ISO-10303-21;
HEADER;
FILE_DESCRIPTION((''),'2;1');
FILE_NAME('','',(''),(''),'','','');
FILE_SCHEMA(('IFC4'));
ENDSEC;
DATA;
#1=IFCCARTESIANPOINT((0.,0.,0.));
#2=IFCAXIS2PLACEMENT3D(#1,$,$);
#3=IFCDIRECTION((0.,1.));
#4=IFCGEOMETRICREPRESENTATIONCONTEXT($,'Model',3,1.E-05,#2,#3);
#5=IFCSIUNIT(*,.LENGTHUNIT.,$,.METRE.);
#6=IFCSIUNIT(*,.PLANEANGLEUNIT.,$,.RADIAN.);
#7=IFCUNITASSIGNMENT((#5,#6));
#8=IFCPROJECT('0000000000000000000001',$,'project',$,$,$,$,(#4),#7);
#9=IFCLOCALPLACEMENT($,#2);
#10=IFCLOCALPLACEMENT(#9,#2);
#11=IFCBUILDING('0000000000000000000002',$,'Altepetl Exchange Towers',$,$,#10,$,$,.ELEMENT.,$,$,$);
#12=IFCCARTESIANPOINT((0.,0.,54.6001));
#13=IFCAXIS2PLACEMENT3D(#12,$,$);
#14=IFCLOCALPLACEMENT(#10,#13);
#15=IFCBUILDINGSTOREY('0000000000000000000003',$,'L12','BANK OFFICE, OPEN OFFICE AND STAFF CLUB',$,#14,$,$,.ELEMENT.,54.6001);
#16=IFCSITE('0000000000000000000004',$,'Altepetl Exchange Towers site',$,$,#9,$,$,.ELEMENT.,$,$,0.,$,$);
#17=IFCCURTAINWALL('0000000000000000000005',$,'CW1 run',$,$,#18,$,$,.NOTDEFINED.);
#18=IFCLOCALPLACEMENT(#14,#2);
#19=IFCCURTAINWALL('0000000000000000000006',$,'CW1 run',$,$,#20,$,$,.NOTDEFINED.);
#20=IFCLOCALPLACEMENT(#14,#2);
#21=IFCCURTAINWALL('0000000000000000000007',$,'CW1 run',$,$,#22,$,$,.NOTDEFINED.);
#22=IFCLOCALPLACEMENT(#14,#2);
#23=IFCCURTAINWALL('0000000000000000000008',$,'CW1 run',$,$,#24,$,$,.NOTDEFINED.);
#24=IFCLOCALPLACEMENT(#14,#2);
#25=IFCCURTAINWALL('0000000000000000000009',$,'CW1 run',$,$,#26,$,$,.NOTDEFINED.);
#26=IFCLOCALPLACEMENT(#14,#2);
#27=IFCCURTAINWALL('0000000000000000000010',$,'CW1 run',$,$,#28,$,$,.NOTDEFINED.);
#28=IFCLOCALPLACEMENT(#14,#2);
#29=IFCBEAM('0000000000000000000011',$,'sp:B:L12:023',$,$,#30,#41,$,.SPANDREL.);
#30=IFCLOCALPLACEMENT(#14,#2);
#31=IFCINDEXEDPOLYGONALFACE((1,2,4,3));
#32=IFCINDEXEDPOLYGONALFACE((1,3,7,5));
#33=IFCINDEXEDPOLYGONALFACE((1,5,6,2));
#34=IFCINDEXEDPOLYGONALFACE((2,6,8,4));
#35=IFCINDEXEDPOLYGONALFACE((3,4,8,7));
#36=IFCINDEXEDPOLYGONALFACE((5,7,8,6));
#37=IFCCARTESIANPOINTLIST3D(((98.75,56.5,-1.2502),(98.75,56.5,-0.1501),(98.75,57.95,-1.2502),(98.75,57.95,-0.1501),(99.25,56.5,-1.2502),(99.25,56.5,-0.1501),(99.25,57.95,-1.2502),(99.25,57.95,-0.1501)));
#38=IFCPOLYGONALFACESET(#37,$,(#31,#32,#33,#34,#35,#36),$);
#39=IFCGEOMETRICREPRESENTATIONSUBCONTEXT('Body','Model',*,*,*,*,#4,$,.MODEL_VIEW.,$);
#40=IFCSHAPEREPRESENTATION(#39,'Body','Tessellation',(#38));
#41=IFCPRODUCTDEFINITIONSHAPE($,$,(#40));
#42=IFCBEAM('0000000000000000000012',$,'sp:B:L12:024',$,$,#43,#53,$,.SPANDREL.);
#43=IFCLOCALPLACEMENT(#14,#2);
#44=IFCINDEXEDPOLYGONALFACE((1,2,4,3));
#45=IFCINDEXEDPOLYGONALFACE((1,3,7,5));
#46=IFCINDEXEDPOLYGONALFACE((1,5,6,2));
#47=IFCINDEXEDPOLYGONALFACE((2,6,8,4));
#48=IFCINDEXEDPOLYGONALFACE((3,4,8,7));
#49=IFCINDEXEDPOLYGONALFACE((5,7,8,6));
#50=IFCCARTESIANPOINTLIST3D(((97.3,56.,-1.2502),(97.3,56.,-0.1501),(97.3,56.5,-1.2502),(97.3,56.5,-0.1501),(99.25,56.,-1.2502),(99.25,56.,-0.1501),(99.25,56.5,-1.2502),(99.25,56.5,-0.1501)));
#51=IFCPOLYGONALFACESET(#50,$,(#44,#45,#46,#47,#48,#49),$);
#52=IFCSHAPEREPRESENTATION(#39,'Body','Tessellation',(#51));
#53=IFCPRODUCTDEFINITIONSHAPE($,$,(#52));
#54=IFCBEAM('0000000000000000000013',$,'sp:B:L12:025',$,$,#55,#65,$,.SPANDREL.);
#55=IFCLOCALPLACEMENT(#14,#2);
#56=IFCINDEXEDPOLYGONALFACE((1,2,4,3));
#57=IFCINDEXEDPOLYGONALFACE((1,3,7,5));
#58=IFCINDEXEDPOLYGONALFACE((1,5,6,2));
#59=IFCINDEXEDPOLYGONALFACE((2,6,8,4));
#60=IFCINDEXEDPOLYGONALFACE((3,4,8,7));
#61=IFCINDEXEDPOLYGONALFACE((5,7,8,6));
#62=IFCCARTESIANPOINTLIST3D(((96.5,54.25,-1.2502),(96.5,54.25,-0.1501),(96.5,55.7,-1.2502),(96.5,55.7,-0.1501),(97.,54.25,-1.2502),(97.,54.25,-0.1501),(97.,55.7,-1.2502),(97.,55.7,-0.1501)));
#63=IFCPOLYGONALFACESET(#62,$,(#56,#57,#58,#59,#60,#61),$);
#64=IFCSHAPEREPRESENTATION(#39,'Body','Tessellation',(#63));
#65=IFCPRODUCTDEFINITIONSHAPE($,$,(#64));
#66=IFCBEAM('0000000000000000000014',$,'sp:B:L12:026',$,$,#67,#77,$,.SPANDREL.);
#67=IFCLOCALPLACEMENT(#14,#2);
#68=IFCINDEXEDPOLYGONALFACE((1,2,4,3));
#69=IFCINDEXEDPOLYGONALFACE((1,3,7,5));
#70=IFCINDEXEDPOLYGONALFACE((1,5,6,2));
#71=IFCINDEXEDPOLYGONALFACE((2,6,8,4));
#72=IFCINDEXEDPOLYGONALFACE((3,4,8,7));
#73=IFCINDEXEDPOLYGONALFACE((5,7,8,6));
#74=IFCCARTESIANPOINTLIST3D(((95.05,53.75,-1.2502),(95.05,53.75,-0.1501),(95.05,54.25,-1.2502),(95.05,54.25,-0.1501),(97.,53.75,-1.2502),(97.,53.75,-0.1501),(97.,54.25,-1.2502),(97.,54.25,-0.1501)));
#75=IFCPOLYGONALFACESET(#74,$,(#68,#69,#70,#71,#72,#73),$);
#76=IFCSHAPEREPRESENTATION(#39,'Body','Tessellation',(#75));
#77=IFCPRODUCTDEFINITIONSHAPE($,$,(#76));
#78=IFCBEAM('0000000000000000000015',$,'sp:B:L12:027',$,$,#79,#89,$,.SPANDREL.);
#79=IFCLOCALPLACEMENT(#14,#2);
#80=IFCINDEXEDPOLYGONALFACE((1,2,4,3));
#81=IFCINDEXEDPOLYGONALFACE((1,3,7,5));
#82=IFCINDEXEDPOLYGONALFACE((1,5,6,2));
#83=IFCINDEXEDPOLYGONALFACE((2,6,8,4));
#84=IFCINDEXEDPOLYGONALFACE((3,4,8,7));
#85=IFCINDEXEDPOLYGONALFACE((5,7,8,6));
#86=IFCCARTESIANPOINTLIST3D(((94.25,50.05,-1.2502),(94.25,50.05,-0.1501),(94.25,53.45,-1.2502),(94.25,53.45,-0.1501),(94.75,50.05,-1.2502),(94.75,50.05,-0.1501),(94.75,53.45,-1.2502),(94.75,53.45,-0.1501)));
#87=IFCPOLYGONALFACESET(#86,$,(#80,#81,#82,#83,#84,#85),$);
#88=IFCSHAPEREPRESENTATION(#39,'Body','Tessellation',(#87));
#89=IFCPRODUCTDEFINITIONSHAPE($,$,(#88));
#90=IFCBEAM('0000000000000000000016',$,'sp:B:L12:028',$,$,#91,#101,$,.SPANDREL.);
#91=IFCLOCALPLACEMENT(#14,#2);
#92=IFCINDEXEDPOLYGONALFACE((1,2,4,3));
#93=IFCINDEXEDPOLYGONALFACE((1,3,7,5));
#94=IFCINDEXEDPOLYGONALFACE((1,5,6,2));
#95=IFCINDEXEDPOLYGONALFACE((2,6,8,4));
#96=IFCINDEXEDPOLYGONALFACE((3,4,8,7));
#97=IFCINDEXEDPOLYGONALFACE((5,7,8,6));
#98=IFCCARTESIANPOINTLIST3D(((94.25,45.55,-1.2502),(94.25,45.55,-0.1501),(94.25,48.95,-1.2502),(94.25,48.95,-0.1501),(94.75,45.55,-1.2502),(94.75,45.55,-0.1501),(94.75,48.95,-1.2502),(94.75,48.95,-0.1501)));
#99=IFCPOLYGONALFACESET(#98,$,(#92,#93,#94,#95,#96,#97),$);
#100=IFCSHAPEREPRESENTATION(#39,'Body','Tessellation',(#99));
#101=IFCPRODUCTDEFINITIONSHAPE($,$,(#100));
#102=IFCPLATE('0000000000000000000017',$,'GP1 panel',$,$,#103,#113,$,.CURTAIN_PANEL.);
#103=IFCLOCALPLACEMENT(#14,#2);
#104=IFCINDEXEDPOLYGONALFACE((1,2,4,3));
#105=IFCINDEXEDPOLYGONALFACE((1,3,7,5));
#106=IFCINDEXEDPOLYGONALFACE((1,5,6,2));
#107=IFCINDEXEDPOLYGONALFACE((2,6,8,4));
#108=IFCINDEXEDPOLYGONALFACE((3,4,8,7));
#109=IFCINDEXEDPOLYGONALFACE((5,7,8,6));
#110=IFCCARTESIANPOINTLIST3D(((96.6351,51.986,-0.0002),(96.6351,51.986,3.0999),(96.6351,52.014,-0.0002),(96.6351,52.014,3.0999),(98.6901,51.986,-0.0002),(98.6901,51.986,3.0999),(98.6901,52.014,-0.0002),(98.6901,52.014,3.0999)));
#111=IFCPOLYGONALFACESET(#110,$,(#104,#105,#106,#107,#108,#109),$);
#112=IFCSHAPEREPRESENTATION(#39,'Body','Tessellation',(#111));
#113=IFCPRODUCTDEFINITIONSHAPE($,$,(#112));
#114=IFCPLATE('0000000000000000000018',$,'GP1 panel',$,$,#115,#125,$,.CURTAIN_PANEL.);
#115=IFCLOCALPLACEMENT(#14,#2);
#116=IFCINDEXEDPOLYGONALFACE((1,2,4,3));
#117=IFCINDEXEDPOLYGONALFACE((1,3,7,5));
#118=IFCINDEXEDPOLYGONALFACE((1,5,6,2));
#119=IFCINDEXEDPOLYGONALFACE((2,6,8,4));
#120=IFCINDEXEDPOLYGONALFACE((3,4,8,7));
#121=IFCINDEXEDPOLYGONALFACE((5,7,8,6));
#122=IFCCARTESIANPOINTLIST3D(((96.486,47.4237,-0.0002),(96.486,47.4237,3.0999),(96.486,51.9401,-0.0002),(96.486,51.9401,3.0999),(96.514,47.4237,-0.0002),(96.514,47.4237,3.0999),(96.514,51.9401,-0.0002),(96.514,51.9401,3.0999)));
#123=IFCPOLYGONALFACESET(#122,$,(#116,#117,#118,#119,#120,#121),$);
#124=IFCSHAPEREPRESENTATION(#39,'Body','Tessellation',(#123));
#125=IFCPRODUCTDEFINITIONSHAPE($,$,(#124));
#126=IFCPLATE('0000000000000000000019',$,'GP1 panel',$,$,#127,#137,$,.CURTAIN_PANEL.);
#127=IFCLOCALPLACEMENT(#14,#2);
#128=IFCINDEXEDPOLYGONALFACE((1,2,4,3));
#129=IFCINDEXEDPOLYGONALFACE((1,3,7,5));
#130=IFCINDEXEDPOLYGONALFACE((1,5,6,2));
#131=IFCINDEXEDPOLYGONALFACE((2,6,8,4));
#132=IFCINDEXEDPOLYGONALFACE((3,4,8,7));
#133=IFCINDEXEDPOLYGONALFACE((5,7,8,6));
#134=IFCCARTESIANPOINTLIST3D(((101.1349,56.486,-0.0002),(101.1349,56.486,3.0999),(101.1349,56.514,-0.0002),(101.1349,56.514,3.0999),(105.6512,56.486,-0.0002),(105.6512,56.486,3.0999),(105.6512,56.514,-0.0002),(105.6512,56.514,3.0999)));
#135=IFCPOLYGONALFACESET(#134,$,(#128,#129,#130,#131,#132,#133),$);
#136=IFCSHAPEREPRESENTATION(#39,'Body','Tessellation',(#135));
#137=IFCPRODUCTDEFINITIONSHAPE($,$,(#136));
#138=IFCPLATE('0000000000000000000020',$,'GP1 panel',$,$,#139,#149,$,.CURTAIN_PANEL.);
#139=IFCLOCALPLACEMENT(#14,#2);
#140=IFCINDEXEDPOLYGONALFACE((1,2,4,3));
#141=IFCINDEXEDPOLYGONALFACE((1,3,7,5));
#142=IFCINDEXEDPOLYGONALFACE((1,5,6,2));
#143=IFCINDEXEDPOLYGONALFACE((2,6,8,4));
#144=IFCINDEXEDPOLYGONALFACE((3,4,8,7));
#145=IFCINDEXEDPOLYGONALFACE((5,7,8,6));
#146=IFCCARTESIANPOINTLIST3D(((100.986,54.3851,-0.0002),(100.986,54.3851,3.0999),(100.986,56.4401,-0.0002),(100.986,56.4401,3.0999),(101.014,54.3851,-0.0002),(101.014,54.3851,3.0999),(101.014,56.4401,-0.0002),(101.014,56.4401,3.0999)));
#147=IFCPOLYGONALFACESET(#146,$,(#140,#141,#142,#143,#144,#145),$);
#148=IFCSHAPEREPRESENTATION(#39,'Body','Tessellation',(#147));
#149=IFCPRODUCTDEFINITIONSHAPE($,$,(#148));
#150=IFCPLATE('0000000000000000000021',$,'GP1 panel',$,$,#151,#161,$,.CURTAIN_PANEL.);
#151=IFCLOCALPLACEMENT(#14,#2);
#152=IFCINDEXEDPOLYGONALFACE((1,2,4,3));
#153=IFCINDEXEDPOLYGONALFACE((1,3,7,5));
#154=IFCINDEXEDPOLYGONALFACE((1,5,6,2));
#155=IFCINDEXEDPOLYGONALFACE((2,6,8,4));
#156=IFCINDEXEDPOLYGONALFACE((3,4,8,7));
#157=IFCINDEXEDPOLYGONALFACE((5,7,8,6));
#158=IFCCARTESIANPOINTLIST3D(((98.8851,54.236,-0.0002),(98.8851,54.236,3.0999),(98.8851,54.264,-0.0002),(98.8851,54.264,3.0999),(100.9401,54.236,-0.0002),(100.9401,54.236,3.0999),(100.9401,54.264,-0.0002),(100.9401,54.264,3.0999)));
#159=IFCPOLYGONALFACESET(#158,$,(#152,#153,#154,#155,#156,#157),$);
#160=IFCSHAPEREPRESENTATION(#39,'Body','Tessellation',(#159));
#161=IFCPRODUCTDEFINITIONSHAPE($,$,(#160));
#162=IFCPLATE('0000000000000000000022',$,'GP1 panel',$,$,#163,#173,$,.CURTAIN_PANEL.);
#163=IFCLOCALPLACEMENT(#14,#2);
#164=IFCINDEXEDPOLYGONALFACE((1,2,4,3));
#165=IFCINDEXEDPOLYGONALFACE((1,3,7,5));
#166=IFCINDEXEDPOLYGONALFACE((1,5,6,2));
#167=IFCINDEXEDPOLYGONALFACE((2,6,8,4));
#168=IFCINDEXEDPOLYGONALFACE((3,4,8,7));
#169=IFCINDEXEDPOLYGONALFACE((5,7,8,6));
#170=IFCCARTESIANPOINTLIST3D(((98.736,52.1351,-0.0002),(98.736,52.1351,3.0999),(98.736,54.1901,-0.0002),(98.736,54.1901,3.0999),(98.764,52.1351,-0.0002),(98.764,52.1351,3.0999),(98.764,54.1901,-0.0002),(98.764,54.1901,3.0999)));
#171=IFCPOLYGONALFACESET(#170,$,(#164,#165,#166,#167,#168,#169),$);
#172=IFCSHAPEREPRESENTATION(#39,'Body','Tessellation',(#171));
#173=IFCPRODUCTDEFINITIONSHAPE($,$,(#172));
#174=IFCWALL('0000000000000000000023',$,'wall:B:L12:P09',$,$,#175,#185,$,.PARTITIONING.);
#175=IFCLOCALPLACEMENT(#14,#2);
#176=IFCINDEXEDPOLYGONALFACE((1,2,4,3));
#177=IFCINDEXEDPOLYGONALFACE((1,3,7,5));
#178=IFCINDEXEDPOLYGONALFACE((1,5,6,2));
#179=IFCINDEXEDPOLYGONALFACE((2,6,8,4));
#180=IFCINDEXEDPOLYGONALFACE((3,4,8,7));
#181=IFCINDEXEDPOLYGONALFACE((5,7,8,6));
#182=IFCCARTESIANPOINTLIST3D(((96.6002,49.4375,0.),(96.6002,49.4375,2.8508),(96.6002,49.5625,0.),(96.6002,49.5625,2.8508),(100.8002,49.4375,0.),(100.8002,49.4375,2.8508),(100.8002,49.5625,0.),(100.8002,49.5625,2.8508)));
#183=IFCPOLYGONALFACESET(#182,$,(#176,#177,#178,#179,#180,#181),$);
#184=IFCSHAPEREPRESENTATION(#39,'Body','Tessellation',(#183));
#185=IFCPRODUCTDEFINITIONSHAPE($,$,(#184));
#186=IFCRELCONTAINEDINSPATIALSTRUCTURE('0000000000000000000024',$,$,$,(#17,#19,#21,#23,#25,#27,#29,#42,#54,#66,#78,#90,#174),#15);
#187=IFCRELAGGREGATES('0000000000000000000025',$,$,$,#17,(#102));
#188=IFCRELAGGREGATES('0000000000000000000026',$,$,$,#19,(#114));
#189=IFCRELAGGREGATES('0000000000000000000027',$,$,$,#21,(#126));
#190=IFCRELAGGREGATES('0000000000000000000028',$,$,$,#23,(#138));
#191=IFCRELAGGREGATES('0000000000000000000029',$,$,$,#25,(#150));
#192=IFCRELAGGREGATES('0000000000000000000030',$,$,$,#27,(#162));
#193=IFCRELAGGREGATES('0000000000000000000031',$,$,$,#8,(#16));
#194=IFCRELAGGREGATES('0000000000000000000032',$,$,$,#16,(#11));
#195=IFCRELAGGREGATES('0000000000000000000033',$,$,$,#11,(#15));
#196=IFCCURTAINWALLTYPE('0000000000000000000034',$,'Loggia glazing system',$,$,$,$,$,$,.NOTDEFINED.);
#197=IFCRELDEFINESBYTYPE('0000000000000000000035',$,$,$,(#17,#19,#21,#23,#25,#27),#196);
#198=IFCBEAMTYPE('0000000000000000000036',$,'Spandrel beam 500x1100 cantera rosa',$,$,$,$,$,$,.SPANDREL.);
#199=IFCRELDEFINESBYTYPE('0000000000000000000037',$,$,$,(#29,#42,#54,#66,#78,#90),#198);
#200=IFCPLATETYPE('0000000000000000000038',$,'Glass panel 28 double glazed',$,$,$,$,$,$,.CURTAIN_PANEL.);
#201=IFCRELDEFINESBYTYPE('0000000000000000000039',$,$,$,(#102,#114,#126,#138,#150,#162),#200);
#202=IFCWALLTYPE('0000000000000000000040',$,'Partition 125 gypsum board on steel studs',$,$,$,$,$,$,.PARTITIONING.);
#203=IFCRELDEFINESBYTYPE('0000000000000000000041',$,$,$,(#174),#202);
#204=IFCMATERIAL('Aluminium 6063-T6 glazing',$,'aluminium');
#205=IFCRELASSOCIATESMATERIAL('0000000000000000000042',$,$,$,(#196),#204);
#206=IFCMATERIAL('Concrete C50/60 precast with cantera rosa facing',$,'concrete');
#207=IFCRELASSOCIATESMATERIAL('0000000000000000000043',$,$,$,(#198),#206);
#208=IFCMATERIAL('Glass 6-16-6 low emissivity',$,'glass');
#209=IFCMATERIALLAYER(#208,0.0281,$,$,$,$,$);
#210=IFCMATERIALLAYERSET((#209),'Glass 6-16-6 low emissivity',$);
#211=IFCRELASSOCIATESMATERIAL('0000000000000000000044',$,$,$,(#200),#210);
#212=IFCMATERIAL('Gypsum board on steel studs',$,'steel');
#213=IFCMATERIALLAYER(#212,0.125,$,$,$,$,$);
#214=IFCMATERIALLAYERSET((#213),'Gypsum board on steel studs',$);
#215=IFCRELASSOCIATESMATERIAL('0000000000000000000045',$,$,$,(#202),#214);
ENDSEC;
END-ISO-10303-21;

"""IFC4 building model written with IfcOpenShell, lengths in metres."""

from ifc_helpers import new_model, si_unit, direction, frame, frame_2d, origin, origin_2d, place, context, subcontext, project, spatial, rectangle, extrude, material, layer, layer_set, material_profile, profile_set, type_object, element, aggregate, save


model = new_model("IFC4")

# Units and contexts
model_context = context("Model", 3, precision=1e-05, world=origin(), true_north=direction((0.0, 1.0)))
body_context = subcontext(model_context, "Body", "Model", "MODEL_VIEW")
ifc_project = project(units=[si_unit("LENGTHUNIT", "METRE"), si_unit("PLANEANGLEUNIT", "RADIAN")], contexts=[model_context])

# Site, building, storey
site_placement = place(None, origin())
site = spatial("IfcSite", under=ifc_project, at=site_placement, Name="Altepetl Exchange Towers site", CompositionType="ELEMENT", RefElevation=0.0)
building_placement = place(site_placement, origin())
building = spatial("IfcBuilding", under=site, at=building_placement, Name="Altepetl Exchange Towers", CompositionType="ELEMENT")
storey_placement = place(building_placement, frame((0.0, 0.0, 54.6001)))
storey = spatial("IfcBuildingStorey", under=building, at=storey_placement, Name="L12", Description="BANK OFFICE, OPEN OFFICE AND STAFF CLUB", CompositionType="ELEMENT", Elevation=54.6001)

# Curtain walls
ifc_material_1 = material(Name="Aluminium 6063-T6 glazing", Category="aluminium")
curtain_wall_type = type_object("IfcCurtainWallType", Name="Loggia glazing system", PredefinedType="NOTDEFINED", material=ifc_material_1)
curtain_wall_1_placement = place(storey_placement, origin())
curtain_wall_1 = element("IfcCurtainWall", 1, at=curtain_wall_1_placement, inside=storey, type_object=curtain_wall_type, Name="CW1 run", PredefinedType="NOTDEFINED")
curtain_wall_2_placement = place(storey_placement, origin())
curtain_wall_2 = element("IfcCurtainWall", 2, at=curtain_wall_2_placement, inside=storey, type_object=curtain_wall_type, Name="CW1 run", PredefinedType="NOTDEFINED")

# Curtain wall
curtain_wall_3_placement = place(storey_placement, origin())
curtain_wall_3 = element("IfcCurtainWall", 3, at=curtain_wall_3_placement, inside=storey, type_object=curtain_wall_type, Name="CW1 run", PredefinedType="NOTDEFINED")

# Curtain walls
curtain_wall_4_placement = place(storey_placement, origin())
curtain_wall_4 = element("IfcCurtainWall", 4, at=curtain_wall_4_placement, inside=storey, type_object=curtain_wall_type, Name="CW1 run", PredefinedType="NOTDEFINED")
curtain_wall_5_placement = place(storey_placement, origin())
curtain_wall_5 = element("IfcCurtainWall", 5, at=curtain_wall_5_placement, inside=storey, type_object=curtain_wall_type, Name="CW1 run", PredefinedType="NOTDEFINED")
curtain_wall_6_placement = place(storey_placement, origin())
curtain_wall_6 = element("IfcCurtainWall", 6, at=curtain_wall_6_placement, inside=storey, type_object=curtain_wall_type, Name="CW1 run", PredefinedType="NOTDEFINED")

# Beams
ifc_material_2 = material(Name="Concrete C50/60 precast with cantera rosa facing", Category="concrete")
ifc_material_profile_1 = material_profile(ifc_material_2, rectangle(XDim=0.5, YDim=1.1001, at=origin_2d()), Name="500 x 1100")
ifc_profile_set_1 = profile_set([ifc_material_profile_1], Name="Concrete C50/60 precast with cantera rosa facing")
beam_type_1 = type_object("IfcBeamType", Name="Spandrel beam 500x1100 cantera rosa", PredefinedType="SPANDREL", material=ifc_profile_set_1)
beam_1_placement = place(storey_placement, frame((99.0, 57.95, -0.7002), z_axis=(0.0, -1.0, 0.0), x_axis=(1.0, 0.0, 0.0)))
element("IfcBeam", 7, at=beam_1_placement, inside=storey, type_object=beam_type_1, Name="sp:B:L12:023", PredefinedType="SPANDREL", context=body_context, shape_type="SweptSolid", body=[
    extrude(rectangle(XDim=0.5, YDim=1.1001, at=origin_2d()), origin(), (0.0, 0.0, 1.0), 1.45),
])
beam_2_placement = place(storey_placement, frame((99.25, 56.25, -0.7002), z_axis=(-1.0, 0.0, 0.0), x_axis=(0.0, -1.0, 0.0)))
element("IfcBeam", 8, at=beam_2_placement, inside=storey, type_object=beam_type_1, Name="sp:B:L12:024", PredefinedType="SPANDREL", context=body_context, shape_type="SweptSolid", body=[
    extrude(rectangle(XDim=0.5, YDim=1.1001, at=origin_2d()), origin(), (0.0, 0.0, 1.0), 1.95),
])
beam_3_placement = place(storey_placement, frame((96.75, 55.7, -0.7002), z_axis=(0.0, -1.0, 0.0), x_axis=(1.0, 0.0, 0.0)))
element("IfcBeam", 9, at=beam_3_placement, inside=storey, type_object=beam_type_1, Name="sp:B:L12:025", PredefinedType="SPANDREL", context=body_context, shape_type="SweptSolid", body=[
    extrude(rectangle(XDim=0.5, YDim=1.1001, at=origin_2d()), origin(), (0.0, 0.0, 1.0), 1.45),
])
beam_4_placement = place(storey_placement, frame((97.0, 54.0, -0.7002), z_axis=(-1.0, 0.0, 0.0), x_axis=(0.0, -1.0, 0.0)))
element("IfcBeam", 10, at=beam_4_placement, inside=storey, type_object=beam_type_1, Name="sp:B:L12:026", PredefinedType="SPANDREL", context=body_context, shape_type="SweptSolid", body=[
    extrude(rectangle(XDim=0.5, YDim=1.1001, at=origin_2d()), origin(), (0.0, 0.0, 1.0), 1.95),
])
for number, where, z_axis, x_axis, name in (
    (11, (94.5, 53.45, -0.7002), (0.0, -1.0, 0.0), (1.0, 0.0, 0.0), "sp:B:L12:027"),
    (12, (94.5, 48.95, -0.7002), (0.0, -1.0, 0.0), (1.0, 0.0, 0.0), "sp:B:L12:028"),
):
    element("IfcBeam", number, at=place(storey_placement, frame(where, z_axis=z_axis, x_axis=x_axis)), inside=storey, type_object=beam_type_1, Name=name, PredefinedType="SPANDREL", context=body_context, shape_type="SweptSolid", body=[
        extrude(rectangle(XDim=0.5, YDim=1.1001, at=origin_2d()), origin(), (0.0, 0.0, 1.0), 3.3999),
    ])

# Plates
ifc_material_3 = material(Name="Glass 6-16-6 low emissivity", Category="glass")
ifc_layer_1 = layer(ifc_material_3, 0.0281)
ifc_layer_set_1 = layer_set([ifc_layer_1], Name="Glass 6-16-6 low emissivity")
plate_type = type_object("IfcPlateType", Name="Glass panel 28 double glazed", PredefinedType="CURTAIN_PANEL", material=ifc_layer_set_1)
plate_1_placement = place(storey_placement, frame((97.6626, 52.0, -0.0002), z_axis=(0.0, 0.0, 1.0), x_axis=(-1.0, 0.0, 0.0)))
plate_1 = element("IfcPlate", 13, at=plate_1_placement, type_object=plate_type, Name="GP1 panel", PredefinedType="CURTAIN_PANEL", context=body_context, shape_type="SweptSolid", body=[
    extrude(rectangle(XDim=2.0549, YDim=0.0281, at=origin_2d()), origin(), (0.0, 0.0, 1.0), 3.1001),
])
aggregate(curtain_wall_1, [plate_1])
plate_2_placement = place(storey_placement, frame((96.5, 49.6819, -0.0002), z_axis=(0.0, 0.0, 1.0), x_axis=(0.0, -1.0, 0.0)))
plate_2 = element("IfcPlate", 14, at=plate_2_placement, type_object=plate_type, Name="GP1 panel", PredefinedType="CURTAIN_PANEL", context=body_context, shape_type="SweptSolid", body=[
    extrude(rectangle(XDim=4.5164, YDim=0.0281, at=origin_2d()), origin(), (0.0, 0.0, 1.0), 3.1001),
])
aggregate(curtain_wall_2, [plate_2])
plate_3_placement = place(storey_placement, frame((103.3931, 56.5, -0.0002), z_axis=(0.0, 0.0, 1.0), x_axis=(-1.0, 0.0, 0.0)))
plate_3 = element("IfcPlate", 15, at=plate_3_placement, type_object=plate_type, Name="GP1 panel", PredefinedType="CURTAIN_PANEL", context=body_context, shape_type="SweptSolid", body=[
    extrude(rectangle(XDim=4.5164, YDim=0.0281, at=origin_2d()), origin(), (0.0, 0.0, 1.0), 3.1001),
])
aggregate(curtain_wall_3, [plate_3])
plate_4_placement = place(storey_placement, frame((101.0, 55.4126, -0.0002), z_axis=(0.0, 0.0, 1.0), x_axis=(0.0, -1.0, 0.0)))
plate_4 = element("IfcPlate", 16, at=plate_4_placement, type_object=plate_type, Name="GP1 panel", PredefinedType="CURTAIN_PANEL", context=body_context, shape_type="SweptSolid", body=[
    extrude(rectangle(XDim=2.0549, YDim=0.0281, at=origin_2d()), origin(), (0.0, 0.0, 1.0), 3.1001),
])
aggregate(curtain_wall_4, [plate_4])
plate_5_placement = place(storey_placement, frame((99.9126, 54.25, -0.0002), z_axis=(0.0, 0.0, 1.0), x_axis=(-1.0, 0.0, 0.0)))
plate_5 = element("IfcPlate", 17, at=plate_5_placement, type_object=plate_type, Name="GP1 panel", PredefinedType="CURTAIN_PANEL", context=body_context, shape_type="SweptSolid", body=[
    extrude(rectangle(XDim=2.0549, YDim=0.0281, at=origin_2d()), origin(), (0.0, 0.0, 1.0), 3.1001),
])
aggregate(curtain_wall_5, [plate_5])
plate_6_placement = place(storey_placement, frame((98.75, 53.1626, -0.0002), z_axis=(0.0, 0.0, 1.0), x_axis=(0.0, -1.0, 0.0)))
plate_6 = element("IfcPlate", 18, at=plate_6_placement, type_object=plate_type, Name="GP1 panel", PredefinedType="CURTAIN_PANEL", context=body_context, shape_type="SweptSolid", body=[
    extrude(rectangle(XDim=2.0549, YDim=0.0281, at=origin_2d()), origin(), (0.0, 0.0, 1.0), 3.1001),
])
aggregate(curtain_wall_6, [plate_6])

# Wall
ifc_material_4 = material(Name="Gypsum board on steel studs", Category="steel")
ifc_layer_2 = layer(ifc_material_4, 0.125)
ifc_layer_set_2 = layer_set([ifc_layer_2], Name="Gypsum board on steel studs")
wall_type = type_object("IfcWallType", Name="Partition 125 gypsum board on steel studs", PredefinedType="PARTITIONING", material=ifc_layer_set_2)
wall_1_placement = place(storey_placement, frame((96.6001, 49.5, 0.0)))
element("IfcWall", 19, at=wall_1_placement, inside=storey, type_object=wall_type, Name="wall:B:L12:P09", PredefinedType="PARTITIONING", context=body_context, shape_type="SweptSolid", body=[
    extrude(rectangle(XDim=4.2, YDim=0.125, at=frame_2d((2.1001, 0.0))), origin(), (0.0, 0.0, 1.0), 2.8508),
])

save(model, "model.ifc")
